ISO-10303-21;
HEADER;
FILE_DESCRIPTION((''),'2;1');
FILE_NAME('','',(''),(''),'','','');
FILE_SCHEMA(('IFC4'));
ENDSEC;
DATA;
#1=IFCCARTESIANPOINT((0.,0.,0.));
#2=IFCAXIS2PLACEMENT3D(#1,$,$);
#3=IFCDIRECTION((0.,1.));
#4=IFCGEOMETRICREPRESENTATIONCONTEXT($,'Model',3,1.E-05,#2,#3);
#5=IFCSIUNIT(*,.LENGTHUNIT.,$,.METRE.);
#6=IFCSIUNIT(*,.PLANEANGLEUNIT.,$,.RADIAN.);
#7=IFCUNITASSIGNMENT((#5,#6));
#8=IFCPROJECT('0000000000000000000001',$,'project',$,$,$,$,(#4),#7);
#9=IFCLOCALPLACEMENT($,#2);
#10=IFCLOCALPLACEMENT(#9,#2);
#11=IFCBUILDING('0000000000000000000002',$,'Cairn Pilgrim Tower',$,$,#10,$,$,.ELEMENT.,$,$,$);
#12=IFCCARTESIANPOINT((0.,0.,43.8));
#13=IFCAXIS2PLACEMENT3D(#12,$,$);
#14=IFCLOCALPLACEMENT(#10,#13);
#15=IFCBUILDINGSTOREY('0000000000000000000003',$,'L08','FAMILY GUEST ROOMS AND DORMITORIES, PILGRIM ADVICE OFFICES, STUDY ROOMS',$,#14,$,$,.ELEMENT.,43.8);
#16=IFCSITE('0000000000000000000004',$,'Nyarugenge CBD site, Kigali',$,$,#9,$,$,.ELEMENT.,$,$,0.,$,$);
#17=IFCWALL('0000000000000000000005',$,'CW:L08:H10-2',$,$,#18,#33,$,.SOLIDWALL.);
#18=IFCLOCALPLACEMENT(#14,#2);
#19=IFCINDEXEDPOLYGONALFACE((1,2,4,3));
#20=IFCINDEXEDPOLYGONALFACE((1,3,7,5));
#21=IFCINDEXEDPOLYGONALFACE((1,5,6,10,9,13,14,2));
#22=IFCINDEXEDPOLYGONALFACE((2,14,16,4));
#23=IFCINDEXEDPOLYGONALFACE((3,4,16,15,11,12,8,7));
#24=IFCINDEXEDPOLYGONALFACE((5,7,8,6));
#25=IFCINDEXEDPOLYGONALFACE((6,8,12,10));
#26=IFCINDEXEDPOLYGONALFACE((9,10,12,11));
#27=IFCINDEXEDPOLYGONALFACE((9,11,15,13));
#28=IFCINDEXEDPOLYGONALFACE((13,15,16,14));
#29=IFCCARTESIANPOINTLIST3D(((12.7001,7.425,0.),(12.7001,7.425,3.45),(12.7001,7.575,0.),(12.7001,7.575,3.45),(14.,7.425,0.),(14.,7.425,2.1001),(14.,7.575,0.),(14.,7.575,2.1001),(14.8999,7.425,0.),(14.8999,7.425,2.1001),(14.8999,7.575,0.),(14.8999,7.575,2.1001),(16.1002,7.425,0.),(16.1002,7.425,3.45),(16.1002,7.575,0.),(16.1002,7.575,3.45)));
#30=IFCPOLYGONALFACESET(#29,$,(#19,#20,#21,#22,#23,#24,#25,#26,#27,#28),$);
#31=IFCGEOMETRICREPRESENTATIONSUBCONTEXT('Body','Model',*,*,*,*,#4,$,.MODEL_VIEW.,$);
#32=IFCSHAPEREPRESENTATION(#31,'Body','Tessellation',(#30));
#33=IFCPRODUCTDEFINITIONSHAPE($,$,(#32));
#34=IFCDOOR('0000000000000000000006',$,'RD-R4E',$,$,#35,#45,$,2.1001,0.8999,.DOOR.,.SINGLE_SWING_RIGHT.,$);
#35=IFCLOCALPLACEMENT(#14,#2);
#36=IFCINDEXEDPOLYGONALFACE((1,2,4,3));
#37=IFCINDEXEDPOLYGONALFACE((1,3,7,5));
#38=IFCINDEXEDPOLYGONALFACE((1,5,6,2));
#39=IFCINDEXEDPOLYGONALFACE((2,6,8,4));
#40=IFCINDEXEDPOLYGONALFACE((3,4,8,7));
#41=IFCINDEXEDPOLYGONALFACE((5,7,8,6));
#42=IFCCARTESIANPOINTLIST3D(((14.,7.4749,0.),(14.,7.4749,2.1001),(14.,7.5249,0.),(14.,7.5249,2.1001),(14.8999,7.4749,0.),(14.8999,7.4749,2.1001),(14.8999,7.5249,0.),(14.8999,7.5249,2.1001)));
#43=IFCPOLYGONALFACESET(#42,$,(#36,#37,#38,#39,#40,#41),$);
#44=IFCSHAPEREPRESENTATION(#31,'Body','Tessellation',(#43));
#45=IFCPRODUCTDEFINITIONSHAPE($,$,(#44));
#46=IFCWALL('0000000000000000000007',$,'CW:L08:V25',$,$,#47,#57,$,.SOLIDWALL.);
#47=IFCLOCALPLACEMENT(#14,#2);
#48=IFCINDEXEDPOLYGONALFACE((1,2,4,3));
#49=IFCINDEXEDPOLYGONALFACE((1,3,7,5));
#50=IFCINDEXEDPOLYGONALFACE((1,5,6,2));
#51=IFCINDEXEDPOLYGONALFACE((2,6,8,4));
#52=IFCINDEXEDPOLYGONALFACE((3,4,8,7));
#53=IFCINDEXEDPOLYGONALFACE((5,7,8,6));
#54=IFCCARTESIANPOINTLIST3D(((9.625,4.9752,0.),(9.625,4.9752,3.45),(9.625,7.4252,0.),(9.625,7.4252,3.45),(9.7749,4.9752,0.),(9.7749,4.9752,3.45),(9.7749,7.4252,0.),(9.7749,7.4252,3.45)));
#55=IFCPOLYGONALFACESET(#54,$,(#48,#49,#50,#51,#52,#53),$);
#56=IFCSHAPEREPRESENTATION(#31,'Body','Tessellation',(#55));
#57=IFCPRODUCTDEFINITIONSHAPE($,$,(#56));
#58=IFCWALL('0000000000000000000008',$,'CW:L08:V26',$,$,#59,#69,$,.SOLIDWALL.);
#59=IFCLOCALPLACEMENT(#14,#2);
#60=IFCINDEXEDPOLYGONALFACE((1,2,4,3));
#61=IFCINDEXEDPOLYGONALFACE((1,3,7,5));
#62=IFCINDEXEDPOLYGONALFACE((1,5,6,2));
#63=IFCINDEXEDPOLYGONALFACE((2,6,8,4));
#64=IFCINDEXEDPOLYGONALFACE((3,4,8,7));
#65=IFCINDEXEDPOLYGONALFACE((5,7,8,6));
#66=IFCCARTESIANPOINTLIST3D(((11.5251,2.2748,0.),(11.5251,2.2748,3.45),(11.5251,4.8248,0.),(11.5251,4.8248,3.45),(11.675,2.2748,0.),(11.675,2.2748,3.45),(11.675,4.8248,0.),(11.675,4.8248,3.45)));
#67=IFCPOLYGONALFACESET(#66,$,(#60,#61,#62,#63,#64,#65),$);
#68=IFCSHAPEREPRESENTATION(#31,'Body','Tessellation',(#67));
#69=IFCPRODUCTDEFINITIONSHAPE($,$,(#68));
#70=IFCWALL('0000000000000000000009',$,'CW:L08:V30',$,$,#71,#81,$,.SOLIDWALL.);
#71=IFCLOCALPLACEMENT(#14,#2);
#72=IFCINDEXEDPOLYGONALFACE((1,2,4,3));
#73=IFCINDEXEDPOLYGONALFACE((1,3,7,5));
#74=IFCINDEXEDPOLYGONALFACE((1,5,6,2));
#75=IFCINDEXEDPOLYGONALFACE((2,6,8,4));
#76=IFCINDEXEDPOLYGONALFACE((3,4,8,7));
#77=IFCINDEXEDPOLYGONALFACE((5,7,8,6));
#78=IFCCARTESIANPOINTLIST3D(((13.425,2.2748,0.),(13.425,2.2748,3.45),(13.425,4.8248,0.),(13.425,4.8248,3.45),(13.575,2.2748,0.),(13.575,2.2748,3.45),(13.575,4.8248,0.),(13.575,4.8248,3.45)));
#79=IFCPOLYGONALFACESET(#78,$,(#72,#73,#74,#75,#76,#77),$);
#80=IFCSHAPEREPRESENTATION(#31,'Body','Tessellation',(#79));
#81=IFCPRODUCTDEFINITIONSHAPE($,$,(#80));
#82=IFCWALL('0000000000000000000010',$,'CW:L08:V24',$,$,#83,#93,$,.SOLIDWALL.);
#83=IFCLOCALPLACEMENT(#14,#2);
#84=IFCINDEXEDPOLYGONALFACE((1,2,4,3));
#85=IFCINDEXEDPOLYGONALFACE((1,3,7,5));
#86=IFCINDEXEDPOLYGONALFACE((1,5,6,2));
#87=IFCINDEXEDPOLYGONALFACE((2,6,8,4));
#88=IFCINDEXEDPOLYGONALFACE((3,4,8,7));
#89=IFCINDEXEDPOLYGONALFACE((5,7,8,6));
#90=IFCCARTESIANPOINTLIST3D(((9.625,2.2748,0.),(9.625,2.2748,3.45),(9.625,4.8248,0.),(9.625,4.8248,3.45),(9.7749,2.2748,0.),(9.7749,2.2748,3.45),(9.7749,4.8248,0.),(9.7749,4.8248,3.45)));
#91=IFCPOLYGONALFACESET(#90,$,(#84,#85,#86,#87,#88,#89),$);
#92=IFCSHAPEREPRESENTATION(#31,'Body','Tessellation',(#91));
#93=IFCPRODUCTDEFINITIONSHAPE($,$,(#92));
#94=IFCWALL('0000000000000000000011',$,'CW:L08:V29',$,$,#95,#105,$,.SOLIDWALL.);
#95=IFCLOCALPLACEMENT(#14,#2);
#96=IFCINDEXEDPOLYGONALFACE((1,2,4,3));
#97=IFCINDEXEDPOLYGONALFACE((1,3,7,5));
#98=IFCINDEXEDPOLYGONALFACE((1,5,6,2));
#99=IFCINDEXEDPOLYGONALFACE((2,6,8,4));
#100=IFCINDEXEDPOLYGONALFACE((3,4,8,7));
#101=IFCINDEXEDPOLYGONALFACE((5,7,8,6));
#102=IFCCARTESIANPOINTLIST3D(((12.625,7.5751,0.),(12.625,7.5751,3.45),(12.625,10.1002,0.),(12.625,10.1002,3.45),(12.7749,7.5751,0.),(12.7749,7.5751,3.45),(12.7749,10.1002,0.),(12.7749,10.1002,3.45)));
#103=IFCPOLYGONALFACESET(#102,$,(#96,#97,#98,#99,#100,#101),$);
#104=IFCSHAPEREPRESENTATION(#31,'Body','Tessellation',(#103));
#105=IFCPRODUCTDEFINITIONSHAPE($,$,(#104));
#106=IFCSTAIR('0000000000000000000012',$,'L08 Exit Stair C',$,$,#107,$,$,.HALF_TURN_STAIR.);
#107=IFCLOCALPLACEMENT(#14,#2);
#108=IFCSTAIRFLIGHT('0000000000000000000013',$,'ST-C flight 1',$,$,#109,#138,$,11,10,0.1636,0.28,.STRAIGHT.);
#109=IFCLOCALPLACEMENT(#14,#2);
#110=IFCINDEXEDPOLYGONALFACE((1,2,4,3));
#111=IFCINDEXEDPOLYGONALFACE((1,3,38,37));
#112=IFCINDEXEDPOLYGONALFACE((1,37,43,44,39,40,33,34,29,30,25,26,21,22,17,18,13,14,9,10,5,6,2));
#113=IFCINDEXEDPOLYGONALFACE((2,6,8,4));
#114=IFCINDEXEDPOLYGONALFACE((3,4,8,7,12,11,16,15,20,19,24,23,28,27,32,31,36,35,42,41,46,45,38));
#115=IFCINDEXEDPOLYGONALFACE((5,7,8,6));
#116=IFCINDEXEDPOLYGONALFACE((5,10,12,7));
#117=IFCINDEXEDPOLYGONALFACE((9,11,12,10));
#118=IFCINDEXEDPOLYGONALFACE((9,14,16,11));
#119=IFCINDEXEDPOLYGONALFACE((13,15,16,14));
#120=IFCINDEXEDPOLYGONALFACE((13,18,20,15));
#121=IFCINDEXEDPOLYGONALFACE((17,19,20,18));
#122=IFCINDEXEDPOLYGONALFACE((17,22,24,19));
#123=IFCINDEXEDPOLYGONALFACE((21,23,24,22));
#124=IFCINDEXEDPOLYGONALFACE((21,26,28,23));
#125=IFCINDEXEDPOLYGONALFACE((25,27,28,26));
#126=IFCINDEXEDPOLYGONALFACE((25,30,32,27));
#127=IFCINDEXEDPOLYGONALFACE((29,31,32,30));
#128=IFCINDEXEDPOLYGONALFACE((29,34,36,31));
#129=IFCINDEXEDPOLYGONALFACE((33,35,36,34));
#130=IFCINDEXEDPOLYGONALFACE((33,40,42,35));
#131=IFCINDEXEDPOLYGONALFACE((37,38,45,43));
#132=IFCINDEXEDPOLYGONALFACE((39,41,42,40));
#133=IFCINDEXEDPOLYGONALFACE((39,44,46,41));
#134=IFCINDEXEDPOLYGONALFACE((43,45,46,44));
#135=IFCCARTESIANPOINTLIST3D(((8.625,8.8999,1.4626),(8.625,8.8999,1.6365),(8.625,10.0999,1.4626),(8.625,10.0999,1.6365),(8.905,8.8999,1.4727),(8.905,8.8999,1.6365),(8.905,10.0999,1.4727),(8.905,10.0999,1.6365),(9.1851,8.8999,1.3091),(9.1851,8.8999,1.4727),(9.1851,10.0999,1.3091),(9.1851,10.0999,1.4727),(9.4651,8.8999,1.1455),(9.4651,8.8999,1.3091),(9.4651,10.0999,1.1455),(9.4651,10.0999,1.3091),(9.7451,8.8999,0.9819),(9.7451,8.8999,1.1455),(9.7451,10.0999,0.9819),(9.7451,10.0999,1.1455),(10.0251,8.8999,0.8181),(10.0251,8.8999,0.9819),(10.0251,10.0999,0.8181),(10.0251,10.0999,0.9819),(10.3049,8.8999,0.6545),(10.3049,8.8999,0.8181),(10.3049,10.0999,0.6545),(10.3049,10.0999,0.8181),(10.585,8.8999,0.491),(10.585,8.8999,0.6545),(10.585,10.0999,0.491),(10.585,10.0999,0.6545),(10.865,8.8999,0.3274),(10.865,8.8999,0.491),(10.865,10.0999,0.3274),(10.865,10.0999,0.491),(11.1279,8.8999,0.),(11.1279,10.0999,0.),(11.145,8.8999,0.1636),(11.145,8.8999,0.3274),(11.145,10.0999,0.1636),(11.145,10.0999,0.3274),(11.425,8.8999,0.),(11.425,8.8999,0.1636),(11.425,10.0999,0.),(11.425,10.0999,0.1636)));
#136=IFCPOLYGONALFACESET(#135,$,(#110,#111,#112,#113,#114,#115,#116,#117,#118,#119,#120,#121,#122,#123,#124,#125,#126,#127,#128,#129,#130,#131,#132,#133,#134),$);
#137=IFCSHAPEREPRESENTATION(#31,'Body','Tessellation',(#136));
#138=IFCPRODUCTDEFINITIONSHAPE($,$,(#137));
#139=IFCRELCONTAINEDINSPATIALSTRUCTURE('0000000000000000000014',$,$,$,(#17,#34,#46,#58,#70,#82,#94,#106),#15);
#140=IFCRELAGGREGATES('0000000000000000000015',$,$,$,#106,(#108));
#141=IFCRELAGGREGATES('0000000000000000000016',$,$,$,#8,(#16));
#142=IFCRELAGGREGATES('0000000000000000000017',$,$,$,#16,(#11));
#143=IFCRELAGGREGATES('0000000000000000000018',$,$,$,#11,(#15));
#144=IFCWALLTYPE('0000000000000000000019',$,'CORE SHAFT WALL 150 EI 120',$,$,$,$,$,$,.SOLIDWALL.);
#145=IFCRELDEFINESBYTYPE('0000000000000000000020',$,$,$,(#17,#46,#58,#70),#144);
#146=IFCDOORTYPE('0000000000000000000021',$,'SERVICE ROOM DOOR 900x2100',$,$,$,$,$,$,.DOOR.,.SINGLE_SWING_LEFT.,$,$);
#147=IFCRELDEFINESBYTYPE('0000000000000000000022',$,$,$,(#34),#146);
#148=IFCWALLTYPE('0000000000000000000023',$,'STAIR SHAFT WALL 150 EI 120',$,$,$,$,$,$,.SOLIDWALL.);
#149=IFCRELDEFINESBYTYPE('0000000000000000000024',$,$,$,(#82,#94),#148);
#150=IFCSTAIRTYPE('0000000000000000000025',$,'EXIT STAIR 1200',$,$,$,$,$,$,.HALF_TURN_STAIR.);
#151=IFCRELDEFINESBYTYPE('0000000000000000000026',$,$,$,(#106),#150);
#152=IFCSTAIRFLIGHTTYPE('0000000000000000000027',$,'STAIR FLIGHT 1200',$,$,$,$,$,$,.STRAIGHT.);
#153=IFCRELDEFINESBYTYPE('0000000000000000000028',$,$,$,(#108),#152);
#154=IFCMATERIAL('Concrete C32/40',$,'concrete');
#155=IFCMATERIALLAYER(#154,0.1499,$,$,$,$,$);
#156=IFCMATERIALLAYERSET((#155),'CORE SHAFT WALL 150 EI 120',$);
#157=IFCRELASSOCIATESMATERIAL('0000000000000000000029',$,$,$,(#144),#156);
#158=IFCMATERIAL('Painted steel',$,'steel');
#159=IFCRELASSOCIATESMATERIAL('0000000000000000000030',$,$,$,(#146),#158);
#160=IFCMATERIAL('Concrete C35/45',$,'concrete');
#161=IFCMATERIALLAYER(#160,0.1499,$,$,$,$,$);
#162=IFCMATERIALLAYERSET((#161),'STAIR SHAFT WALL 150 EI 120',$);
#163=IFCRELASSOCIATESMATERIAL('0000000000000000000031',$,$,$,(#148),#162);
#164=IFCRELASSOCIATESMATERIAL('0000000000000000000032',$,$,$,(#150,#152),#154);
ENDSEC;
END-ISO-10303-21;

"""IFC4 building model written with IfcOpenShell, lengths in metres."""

from ifc_helpers import new_model, si_unit, direction, frame, frame_2d, origin, place, context, subcontext, project, spatial, polyline, rectangle, outline, extrude, material, layer, layer_set, type_object, element, fill, aggregate, save


model = new_model("IFC4")

# Units and contexts
model_context = context("Model", 3, precision=1e-05, world=origin(), true_north=direction((0.0, 1.0)))
body_context = subcontext(model_context, "Body", "Model", "MODEL_VIEW")
ifc_project = project(units=[si_unit("LENGTHUNIT", "METRE"), si_unit("PLANEANGLEUNIT", "RADIAN")], contexts=[model_context])

# Site, building, storey
site_placement = place(None, origin())
site = spatial("IfcSite", under=ifc_project, at=site_placement, Name="Nyarugenge CBD site, Kigali", CompositionType="ELEMENT", RefElevation=0.0)
building_placement = place(site_placement, origin())
building = spatial("IfcBuilding", under=site, at=building_placement, Name="Cairn Pilgrim Tower", CompositionType="ELEMENT")
storey_placement = place(building_placement, frame((0.0, 0.0, 43.8)))
storey = spatial("IfcBuildingStorey", under=building, at=storey_placement, Name="L08", Description="FAMILY GUEST ROOMS AND DORMITORIES, PILGRIM ADVICE OFFICES, STUDY ROOMS", CompositionType="ELEMENT", Elevation=43.8)

# Shared definitions
ifc_material_1 = material(Name="Concrete C32/40", Category="concrete")
ifc_layer_1 = layer(ifc_material_1, 0.1499)
ifc_layer_set_1 = layer_set([ifc_layer_1], Name="CORE SHAFT WALL 150 EI 120")
wall_type_1 = type_object("IfcWallType", Name="CORE SHAFT WALL 150 EI 120", PredefinedType="SOLIDWALL", material=ifc_layer_set_1)

# Shared definitions
ifc_material_2 = material(Name="Painted steel", Category="steel")
door_type_1 = type_object("IfcDoorType", Name="SERVICE ROOM DOOR 900x2100", OperationType="SINGLE_SWING_LEFT", PredefinedType="DOOR", material=ifc_material_2)

# Wall, opening, door
wall_1_placement = place(storey_placement, frame((12.7, 7.5, 0.0), z_axis=(0.0, 0.0, 1.0), x_axis=(1.0, 0.0, 0.0)))
wall_1 = element("IfcWall", 1, at=wall_1_placement, inside=storey, type_object=wall_type_1, Name="CW:L08:H10-2", PredefinedType="SOLIDWALL", context=body_context, shape_type="SweptSolid", body=[
    extrude(rectangle(XDim=3.4001, YDim=0.1499, at=frame_2d((1.7002, 0.0))), origin(), (0.0, 0.0, 1.0), 3.45),
])
opening_1_placement = place(wall_1_placement, frame((1.3, 0.0, 0.0)))
opening_1 = element("IfcOpeningElement", 2, at=opening_1_placement, cuts=wall_1, PredefinedType="OPENING", context=body_context, shape_type="SweptSolid", body=[
    extrude(rectangle(XDim=0.8999, YDim=2.1001, at=frame_2d((0.45, 1.05))), frame((0.0, 0.085, 0.0), z_axis=(0.0, -1.0, 0.0), x_axis=(1.0, 0.0, 0.0)), (0.0, 0.0, 1.0), 0.1699),
])
door_1_placement = place(opening_1_placement, origin())
door_1 = element("IfcDoor", 3, at=door_1_placement, inside=storey, type_object=door_type_1, Name="RD-R4E", OperationType="SINGLE_SWING_RIGHT", OverallHeight=2.1001, OverallWidth=0.8999, PredefinedType="DOOR", context=body_context, shape_type="SweptSolid", body=[
    extrude(rectangle(XDim=0.8999, YDim=2.1001, at=frame_2d((0.45, 1.05))), frame((0.0, 0.0249, 0.0), z_axis=(0.0, -1.0, 0.0), x_axis=(1.0, 0.0, 0.0)), (0.0, 0.0, 1.0), 0.05),
])
fill(opening_1, door_1)

# Walls
wall_2_placement = place(storey_placement, frame((9.7, 4.9751, 0.0), z_axis=(0.0, 0.0, 1.0), x_axis=(0.0, 1.0, 0.0)))
element("IfcWall", 4, at=wall_2_placement, inside=storey, type_object=wall_type_1, Name="CW:L08:V25", PredefinedType="SOLIDWALL", context=body_context, shape_type="SweptSolid", body=[
    extrude(rectangle(XDim=2.45, YDim=0.1499, at=frame_2d((1.2251, 0.0))), origin(), (0.0, 0.0, 1.0), 3.45),
])
for number, where, z_axis, x_axis, name in (
    (5, (11.6001, 2.2749, 0.0), (0.0, 0.0, 1.0), (0.0, 1.0, 0.0), "CW:L08:V26"),
    (6, (13.5, 2.2749, 0.0), (0.0, 0.0, 1.0), (0.0, 1.0, 0.0), "CW:L08:V30"),
):
    element("IfcWall", number, at=place(storey_placement, frame(where, z_axis=z_axis, x_axis=x_axis)), inside=storey, type_object=wall_type_1, Name=name, PredefinedType="SOLIDWALL", context=body_context, shape_type="SweptSolid", body=[
        extrude(rectangle(XDim=2.55, YDim=0.1499, at=frame_2d((1.2749, 0.0))), origin(), (0.0, 0.0, 1.0), 3.45),
    ])
ifc_material_3 = material(Name="Concrete C35/45", Category="concrete")
ifc_layer_2 = layer(ifc_material_3, 0.1499)
ifc_layer_set_2 = layer_set([ifc_layer_2], Name="STAIR SHAFT WALL 150 EI 120")
wall_type_2 = type_object("IfcWallType", Name="STAIR SHAFT WALL 150 EI 120", PredefinedType="SOLIDWALL", material=ifc_layer_set_2)
wall_3_placement = place(storey_placement, frame((9.7, 2.2749, 0.0), z_axis=(0.0, 0.0, 1.0), x_axis=(0.0, 1.0, 0.0)))
element("IfcWall", 7, at=wall_3_placement, inside=storey, type_object=wall_type_2, Name="CW:L08:V24", PredefinedType="SOLIDWALL", context=body_context, shape_type="SweptSolid", body=[
    extrude(rectangle(XDim=2.55, YDim=0.1499, at=frame_2d((1.2749, 0.0))), origin(), (0.0, 0.0, 1.0), 3.45),
])
wall_4_placement = place(storey_placement, frame((12.7, 7.575, 0.0), z_axis=(0.0, 0.0, 1.0), x_axis=(0.0, 1.0, 0.0)))
element("IfcWall", 8, at=wall_4_placement, inside=storey, type_object=wall_type_2, Name="CW:L08:V29", PredefinedType="SOLIDWALL", context=body_context, shape_type="SweptSolid", body=[
    extrude(rectangle(XDim=2.5251, YDim=0.1499, at=frame_2d((1.2627, 0.0))), origin(), (0.0, 0.0, 1.0), 3.45),
])

# Stair, stair flight
stair_type = type_object("IfcStairType", Name="EXIT STAIR 1200", PredefinedType="HALF_TURN_STAIR", material=ifc_material_1)
stair_placement = place(storey_placement, origin())
stair = element("IfcStair", 9, at=stair_placement, inside=storey, type_object=stair_type, Name="L08 Exit Stair C", PredefinedType="HALF_TURN_STAIR")
stair_flight_type = type_object("IfcStairFlightType", Name="STAIR FLIGHT 1200", PredefinedType="STRAIGHT", material=ifc_material_1)
stair_flight_placement = place(storey_placement, frame((11.425, 9.5, 0.0), z_axis=(0.0, 0.0, 1.0), x_axis=(-1.0, 0.0, 0.0)))
stair_flight = element("IfcStairFlight", 10, at=stair_flight_placement, type_object=stair_flight_type, Name="ST-C flight 1", NumberOfRisers=11, NumberOfTreads=10, PredefinedType="STRAIGHT", RiserHeight=0.1636, TreadLength=0.28, context=body_context, shape_type="SweptSolid", body=[
    extrude(outline(polyline([(0.0, 0.0), (0.0, 0.1636), (0.28, 0.1636), (0.28, 0.3274), (0.5601, 0.3274), (0.5601, 0.491), (0.8401, 0.491), (0.8401, 0.6545), (1.1201, 0.6545), (1.1201, 0.8181), (1.3999, 0.8181), (1.3999, 0.9819), (1.6799, 0.9819), (1.6799, 1.1455), (1.96, 1.1455), (1.96, 1.3091), (2.24, 1.3091), (2.24, 1.4727), (2.52, 1.4727), (2.52, 1.6365), (2.8, 1.6365), (2.8, 1.8), (2.8, 1.4626), (0.2971, 0.0), (0.0, 0.0)])), frame((0.0, 0.6001, 0.0), z_axis=(0.0, -1.0, 0.0), x_axis=(1.0, 0.0, 0.0)), (0.0, 0.0, 1.0), 1.2),
])
aggregate(stair, [stair_flight])

save(model, "model.ifc")
